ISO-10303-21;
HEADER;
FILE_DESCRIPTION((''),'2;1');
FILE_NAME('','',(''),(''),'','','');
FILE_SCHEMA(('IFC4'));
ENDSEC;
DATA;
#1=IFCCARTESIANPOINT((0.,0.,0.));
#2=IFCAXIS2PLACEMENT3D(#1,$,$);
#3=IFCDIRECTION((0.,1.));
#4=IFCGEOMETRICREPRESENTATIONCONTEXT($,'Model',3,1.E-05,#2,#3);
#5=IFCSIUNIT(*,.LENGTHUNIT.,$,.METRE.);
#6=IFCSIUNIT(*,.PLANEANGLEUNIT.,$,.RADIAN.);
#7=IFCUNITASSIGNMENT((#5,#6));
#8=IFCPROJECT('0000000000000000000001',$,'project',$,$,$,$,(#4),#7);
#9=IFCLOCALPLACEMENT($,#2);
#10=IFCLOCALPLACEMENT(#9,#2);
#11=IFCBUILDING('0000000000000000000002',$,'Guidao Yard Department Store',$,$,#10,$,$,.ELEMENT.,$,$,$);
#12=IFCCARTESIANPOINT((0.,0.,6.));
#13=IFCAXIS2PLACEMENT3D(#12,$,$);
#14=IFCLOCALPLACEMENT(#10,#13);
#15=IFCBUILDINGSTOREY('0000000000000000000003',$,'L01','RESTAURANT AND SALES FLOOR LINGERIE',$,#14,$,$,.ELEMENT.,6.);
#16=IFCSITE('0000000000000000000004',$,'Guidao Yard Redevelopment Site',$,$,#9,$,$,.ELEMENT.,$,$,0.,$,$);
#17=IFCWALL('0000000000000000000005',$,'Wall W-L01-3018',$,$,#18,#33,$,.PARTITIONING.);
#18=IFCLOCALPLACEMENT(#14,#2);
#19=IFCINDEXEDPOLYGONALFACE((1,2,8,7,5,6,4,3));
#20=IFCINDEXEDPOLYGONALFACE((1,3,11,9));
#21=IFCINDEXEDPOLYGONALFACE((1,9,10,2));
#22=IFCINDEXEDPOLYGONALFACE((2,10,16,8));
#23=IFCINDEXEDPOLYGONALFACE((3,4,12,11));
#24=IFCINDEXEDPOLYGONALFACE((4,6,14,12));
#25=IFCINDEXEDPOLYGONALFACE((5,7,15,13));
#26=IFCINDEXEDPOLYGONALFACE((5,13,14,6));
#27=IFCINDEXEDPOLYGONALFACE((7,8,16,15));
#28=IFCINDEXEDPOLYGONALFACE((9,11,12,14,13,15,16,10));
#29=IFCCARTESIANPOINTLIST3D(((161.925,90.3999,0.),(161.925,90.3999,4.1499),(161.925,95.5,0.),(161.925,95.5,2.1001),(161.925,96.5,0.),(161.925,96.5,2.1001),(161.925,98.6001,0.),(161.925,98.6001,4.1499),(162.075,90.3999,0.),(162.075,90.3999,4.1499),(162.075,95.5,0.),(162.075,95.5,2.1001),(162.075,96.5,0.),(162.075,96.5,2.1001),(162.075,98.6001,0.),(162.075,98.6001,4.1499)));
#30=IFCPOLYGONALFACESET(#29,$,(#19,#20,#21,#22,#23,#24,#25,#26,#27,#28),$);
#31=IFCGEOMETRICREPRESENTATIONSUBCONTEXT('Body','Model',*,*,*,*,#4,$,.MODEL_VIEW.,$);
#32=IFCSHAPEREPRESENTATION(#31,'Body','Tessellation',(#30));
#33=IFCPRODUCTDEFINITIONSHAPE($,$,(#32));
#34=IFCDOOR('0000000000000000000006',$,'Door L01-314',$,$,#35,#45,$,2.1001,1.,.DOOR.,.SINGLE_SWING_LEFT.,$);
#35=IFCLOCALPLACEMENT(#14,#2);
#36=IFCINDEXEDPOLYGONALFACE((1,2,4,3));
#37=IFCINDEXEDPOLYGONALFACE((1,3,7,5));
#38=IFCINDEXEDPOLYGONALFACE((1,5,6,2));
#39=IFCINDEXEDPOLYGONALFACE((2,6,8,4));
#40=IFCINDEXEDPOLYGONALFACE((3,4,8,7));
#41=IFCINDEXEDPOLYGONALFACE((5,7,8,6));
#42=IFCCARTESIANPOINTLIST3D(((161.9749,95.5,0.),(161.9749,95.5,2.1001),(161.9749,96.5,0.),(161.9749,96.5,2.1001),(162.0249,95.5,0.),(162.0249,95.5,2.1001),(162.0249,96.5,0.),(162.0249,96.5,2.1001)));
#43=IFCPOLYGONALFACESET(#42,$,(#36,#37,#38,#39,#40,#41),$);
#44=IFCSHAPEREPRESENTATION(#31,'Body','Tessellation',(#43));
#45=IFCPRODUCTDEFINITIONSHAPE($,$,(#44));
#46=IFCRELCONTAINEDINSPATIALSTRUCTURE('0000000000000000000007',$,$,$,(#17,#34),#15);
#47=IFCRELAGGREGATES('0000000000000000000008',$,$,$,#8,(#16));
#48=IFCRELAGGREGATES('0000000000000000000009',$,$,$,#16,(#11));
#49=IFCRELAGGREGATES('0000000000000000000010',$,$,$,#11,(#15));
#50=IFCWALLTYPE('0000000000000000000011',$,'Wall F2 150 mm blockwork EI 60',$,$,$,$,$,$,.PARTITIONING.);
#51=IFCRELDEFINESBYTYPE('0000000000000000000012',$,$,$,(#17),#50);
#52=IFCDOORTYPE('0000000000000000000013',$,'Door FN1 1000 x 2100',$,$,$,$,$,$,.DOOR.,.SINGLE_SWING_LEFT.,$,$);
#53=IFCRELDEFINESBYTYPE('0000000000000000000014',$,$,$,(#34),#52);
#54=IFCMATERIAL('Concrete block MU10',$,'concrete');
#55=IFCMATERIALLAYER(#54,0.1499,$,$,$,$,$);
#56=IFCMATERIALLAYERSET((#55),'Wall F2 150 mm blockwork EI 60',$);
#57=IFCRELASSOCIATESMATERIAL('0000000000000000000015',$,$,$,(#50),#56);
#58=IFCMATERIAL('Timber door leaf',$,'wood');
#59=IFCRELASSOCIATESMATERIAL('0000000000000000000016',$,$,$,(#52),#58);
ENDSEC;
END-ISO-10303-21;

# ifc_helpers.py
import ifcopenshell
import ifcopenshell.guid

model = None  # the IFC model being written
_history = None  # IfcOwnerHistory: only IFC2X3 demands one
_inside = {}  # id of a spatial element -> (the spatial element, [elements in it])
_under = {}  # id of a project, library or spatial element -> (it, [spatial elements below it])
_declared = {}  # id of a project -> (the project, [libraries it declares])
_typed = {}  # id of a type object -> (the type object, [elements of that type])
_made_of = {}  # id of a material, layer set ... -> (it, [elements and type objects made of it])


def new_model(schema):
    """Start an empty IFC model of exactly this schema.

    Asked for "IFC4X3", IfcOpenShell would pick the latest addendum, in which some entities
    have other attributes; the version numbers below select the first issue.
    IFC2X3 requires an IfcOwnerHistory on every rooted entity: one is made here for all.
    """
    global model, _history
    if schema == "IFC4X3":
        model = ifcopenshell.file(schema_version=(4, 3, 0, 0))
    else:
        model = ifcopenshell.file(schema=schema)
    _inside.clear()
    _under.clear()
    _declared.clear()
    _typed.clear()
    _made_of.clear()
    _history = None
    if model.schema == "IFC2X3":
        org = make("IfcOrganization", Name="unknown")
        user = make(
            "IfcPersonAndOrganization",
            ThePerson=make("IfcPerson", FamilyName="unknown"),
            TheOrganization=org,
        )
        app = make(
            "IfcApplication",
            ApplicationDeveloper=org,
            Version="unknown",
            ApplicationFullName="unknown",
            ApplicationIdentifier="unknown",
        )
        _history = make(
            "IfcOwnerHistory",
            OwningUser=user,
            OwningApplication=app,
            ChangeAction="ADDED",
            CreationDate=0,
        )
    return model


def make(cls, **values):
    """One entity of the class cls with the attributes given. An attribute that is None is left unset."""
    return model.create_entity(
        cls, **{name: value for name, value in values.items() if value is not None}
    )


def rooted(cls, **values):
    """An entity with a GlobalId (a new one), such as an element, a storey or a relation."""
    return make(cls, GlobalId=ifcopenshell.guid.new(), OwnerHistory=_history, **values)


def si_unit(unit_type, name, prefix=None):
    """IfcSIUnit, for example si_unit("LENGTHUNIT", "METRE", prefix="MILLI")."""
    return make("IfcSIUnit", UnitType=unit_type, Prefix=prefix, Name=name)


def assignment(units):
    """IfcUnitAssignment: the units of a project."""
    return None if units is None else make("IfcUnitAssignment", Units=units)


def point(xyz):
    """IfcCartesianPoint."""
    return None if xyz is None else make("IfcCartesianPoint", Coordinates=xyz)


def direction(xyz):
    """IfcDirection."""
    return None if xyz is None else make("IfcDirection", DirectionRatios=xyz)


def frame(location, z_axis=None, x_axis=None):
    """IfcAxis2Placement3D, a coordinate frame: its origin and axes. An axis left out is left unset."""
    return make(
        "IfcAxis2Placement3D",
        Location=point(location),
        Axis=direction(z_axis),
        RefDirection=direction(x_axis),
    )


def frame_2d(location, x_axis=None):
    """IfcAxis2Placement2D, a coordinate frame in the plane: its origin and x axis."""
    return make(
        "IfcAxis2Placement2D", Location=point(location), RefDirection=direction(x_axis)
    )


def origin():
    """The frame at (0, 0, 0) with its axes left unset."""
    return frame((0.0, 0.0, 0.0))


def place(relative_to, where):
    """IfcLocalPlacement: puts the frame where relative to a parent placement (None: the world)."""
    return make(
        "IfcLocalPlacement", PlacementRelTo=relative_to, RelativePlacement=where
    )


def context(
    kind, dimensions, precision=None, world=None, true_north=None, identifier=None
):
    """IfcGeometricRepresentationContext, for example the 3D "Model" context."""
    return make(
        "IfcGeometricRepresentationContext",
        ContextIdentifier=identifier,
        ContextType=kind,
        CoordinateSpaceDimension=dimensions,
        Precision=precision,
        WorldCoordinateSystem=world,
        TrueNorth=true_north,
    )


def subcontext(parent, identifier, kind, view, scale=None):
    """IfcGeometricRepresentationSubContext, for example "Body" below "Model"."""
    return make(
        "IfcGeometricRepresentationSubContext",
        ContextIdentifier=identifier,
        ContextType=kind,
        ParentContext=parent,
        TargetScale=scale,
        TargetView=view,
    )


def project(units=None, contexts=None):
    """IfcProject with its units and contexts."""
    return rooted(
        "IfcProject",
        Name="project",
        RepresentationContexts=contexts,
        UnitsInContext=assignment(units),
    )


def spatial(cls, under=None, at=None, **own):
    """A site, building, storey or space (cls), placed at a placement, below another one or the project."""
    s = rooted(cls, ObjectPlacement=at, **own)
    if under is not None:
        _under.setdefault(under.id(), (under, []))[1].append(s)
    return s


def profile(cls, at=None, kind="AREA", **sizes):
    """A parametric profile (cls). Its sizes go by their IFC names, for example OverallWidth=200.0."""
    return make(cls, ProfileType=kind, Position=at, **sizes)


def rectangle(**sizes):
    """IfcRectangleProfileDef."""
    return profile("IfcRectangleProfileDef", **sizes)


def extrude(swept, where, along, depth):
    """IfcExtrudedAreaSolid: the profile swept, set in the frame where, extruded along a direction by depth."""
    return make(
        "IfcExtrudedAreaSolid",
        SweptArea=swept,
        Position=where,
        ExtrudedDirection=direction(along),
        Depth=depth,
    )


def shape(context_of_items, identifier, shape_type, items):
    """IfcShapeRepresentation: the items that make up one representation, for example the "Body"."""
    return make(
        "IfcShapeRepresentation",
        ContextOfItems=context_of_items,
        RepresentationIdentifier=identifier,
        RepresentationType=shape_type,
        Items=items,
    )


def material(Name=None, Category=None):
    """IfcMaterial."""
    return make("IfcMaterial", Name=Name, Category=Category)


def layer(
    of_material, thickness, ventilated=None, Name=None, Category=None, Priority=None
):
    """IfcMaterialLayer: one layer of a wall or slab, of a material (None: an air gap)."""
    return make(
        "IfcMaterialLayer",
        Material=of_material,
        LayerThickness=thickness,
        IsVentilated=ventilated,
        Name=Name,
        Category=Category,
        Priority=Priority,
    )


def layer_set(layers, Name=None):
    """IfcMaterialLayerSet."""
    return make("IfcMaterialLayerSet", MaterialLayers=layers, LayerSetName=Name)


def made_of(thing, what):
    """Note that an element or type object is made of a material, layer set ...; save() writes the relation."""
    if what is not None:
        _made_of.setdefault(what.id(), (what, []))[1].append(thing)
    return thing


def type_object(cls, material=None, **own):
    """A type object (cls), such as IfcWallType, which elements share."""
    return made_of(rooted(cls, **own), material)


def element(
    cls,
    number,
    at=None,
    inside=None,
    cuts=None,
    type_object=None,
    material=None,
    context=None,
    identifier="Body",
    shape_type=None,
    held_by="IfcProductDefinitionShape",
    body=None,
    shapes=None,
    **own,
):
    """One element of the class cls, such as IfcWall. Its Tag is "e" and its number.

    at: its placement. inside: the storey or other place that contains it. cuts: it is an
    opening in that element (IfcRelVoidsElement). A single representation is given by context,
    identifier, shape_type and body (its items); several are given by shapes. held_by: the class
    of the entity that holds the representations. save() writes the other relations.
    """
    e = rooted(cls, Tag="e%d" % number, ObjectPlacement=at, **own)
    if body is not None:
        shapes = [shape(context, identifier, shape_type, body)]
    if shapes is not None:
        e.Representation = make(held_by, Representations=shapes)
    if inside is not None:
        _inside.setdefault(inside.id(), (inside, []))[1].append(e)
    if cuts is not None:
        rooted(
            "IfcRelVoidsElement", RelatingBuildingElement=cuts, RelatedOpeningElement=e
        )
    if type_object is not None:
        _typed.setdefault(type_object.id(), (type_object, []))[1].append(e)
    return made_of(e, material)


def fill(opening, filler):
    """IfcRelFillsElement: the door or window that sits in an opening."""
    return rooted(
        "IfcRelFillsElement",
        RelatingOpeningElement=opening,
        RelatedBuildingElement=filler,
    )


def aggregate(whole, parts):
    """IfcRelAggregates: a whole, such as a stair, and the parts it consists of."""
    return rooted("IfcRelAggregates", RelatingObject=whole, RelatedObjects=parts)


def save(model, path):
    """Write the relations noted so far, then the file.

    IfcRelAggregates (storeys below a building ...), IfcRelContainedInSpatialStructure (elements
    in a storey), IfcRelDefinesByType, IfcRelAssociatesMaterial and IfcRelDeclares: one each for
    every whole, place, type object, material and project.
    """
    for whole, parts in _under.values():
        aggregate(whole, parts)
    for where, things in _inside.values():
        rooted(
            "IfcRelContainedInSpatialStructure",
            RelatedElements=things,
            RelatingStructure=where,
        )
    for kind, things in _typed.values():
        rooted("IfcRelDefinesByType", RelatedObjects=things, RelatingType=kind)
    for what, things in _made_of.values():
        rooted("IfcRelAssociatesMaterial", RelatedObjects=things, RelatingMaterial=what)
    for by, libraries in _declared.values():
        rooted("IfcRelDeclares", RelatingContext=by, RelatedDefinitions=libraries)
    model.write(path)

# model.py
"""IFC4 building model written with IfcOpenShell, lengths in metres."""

from ifc_helpers import new_model, si_unit, direction, frame, frame_2d, origin, place, context, subcontext, project, spatial, rectangle, extrude, material, layer, layer_set, type_object, element, fill, save


model = new_model("IFC4")

# Units and contexts
model_context = context("Model", 3, precision=1e-05, world=origin(), true_north=direction((0.0, 1.0)))
body_context = subcontext(model_context, "Body", "Model", "MODEL_VIEW")
ifc_project = project(units=[si_unit("LENGTHUNIT", "METRE"), si_unit("PLANEANGLEUNIT", "RADIAN")], contexts=[model_context])

# Site, building, storey
site_placement = place(None, origin())
site = spatial("IfcSite", under=ifc_project, at=site_placement, Name="Guidao Yard Redevelopment Site", CompositionType="ELEMENT", RefElevation=0.0)
building_placement = place(site_placement, origin())
building = spatial("IfcBuilding", under=site, at=building_placement, Name="Guidao Yard Department Store", CompositionType="ELEMENT")
storey_placement = place(building_placement, frame((0.0, 0.0, 6.0)))
storey = spatial("IfcBuildingStorey", under=building, at=storey_placement, Name="L01", Description="RESTAURANT AND SALES FLOOR LINGERIE", CompositionType="ELEMENT", Elevation=6.0)

# Shared definitions
ifc_material_1 = material(Name="Concrete block MU10", Category="concrete")
ifc_layer_1 = layer(ifc_material_1, 0.1499)
ifc_layer_set_1 = layer_set([ifc_layer_1], Name="Wall F2 150 mm blockwork EI 60")
wall_type_1 = type_object("IfcWallType", Name="Wall F2 150 mm blockwork EI 60", PredefinedType="PARTITIONING", material=ifc_layer_set_1)

# Wall, opening, door
wall_1_placement = place(storey_placement, frame((162.0, 90.3999, 0.0), z_axis=(0.0, 0.0, 1.0), x_axis=(0.0, 1.0, 0.0)))
wall_1 = element("IfcWall", 1, at=wall_1_placement, inside=storey, type_object=wall_type_1, Name="Wall W-L01-3018", PredefinedType="PARTITIONING", context=body_context, shape_type="SweptSolid", body=[
    extrude(rectangle(XDim=8.2002, YDim=0.1499, at=frame_2d((4.1001, 0.0))), origin(), (0.0, 0.0, 1.0), 4.1499),
])
opening_1_placement = place(wall_1_placement, frame((6.1001, 0.0, 0.0), z_axis=(0.0, 0.0, 1.0), x_axis=(-1.0, 0.0, 0.0)))
opening_1 = element("IfcOpeningElement", 2, at=opening_1_placement, cuts=wall_1, PredefinedType="OPENING", context=body_context, shape_type="SweptSolid", body=[
    extrude(rectangle(XDim=1.0, YDim=2.1001, at=frame_2d((0.5, 1.05))), frame((0.0, 0.085, 0.0), z_axis=(0.0, -1.0, 0.0), x_axis=(1.0, 0.0, 0.0)), (0.0, 0.0, 1.0), 0.1699),
])
ifc_material_2 = material(Name="Timber door leaf", Category="wood")
door_type_1 = type_object("IfcDoorType", Name="Door FN1 1000 x 2100", OperationType="SINGLE_SWING_LEFT", PredefinedType="DOOR", material=ifc_material_2)
door_1_placement = place(opening_1_placement, origin())
door_1 = element("IfcDoor", 3, at=door_1_placement, inside=storey, type_object=door_type_1, Name="Door L01-314", OperationType="SINGLE_SWING_LEFT", OverallHeight=2.1001, OverallWidth=1.0, PredefinedType="DOOR", context=body_context, shape_type="SweptSolid", body=[
    extrude(rectangle(XDim=1.0, YDim=2.1001, at=frame_2d((0.5, 1.05))), frame((0.0, 0.0249, 0.0), z_axis=(0.0, -1.0, 0.0), x_axis=(1.0, 0.0, 0.0)), (0.0, 0.0, 1.0), 0.05),
])
fill(opening_1, door_1)

save(model, "model.ifc")
